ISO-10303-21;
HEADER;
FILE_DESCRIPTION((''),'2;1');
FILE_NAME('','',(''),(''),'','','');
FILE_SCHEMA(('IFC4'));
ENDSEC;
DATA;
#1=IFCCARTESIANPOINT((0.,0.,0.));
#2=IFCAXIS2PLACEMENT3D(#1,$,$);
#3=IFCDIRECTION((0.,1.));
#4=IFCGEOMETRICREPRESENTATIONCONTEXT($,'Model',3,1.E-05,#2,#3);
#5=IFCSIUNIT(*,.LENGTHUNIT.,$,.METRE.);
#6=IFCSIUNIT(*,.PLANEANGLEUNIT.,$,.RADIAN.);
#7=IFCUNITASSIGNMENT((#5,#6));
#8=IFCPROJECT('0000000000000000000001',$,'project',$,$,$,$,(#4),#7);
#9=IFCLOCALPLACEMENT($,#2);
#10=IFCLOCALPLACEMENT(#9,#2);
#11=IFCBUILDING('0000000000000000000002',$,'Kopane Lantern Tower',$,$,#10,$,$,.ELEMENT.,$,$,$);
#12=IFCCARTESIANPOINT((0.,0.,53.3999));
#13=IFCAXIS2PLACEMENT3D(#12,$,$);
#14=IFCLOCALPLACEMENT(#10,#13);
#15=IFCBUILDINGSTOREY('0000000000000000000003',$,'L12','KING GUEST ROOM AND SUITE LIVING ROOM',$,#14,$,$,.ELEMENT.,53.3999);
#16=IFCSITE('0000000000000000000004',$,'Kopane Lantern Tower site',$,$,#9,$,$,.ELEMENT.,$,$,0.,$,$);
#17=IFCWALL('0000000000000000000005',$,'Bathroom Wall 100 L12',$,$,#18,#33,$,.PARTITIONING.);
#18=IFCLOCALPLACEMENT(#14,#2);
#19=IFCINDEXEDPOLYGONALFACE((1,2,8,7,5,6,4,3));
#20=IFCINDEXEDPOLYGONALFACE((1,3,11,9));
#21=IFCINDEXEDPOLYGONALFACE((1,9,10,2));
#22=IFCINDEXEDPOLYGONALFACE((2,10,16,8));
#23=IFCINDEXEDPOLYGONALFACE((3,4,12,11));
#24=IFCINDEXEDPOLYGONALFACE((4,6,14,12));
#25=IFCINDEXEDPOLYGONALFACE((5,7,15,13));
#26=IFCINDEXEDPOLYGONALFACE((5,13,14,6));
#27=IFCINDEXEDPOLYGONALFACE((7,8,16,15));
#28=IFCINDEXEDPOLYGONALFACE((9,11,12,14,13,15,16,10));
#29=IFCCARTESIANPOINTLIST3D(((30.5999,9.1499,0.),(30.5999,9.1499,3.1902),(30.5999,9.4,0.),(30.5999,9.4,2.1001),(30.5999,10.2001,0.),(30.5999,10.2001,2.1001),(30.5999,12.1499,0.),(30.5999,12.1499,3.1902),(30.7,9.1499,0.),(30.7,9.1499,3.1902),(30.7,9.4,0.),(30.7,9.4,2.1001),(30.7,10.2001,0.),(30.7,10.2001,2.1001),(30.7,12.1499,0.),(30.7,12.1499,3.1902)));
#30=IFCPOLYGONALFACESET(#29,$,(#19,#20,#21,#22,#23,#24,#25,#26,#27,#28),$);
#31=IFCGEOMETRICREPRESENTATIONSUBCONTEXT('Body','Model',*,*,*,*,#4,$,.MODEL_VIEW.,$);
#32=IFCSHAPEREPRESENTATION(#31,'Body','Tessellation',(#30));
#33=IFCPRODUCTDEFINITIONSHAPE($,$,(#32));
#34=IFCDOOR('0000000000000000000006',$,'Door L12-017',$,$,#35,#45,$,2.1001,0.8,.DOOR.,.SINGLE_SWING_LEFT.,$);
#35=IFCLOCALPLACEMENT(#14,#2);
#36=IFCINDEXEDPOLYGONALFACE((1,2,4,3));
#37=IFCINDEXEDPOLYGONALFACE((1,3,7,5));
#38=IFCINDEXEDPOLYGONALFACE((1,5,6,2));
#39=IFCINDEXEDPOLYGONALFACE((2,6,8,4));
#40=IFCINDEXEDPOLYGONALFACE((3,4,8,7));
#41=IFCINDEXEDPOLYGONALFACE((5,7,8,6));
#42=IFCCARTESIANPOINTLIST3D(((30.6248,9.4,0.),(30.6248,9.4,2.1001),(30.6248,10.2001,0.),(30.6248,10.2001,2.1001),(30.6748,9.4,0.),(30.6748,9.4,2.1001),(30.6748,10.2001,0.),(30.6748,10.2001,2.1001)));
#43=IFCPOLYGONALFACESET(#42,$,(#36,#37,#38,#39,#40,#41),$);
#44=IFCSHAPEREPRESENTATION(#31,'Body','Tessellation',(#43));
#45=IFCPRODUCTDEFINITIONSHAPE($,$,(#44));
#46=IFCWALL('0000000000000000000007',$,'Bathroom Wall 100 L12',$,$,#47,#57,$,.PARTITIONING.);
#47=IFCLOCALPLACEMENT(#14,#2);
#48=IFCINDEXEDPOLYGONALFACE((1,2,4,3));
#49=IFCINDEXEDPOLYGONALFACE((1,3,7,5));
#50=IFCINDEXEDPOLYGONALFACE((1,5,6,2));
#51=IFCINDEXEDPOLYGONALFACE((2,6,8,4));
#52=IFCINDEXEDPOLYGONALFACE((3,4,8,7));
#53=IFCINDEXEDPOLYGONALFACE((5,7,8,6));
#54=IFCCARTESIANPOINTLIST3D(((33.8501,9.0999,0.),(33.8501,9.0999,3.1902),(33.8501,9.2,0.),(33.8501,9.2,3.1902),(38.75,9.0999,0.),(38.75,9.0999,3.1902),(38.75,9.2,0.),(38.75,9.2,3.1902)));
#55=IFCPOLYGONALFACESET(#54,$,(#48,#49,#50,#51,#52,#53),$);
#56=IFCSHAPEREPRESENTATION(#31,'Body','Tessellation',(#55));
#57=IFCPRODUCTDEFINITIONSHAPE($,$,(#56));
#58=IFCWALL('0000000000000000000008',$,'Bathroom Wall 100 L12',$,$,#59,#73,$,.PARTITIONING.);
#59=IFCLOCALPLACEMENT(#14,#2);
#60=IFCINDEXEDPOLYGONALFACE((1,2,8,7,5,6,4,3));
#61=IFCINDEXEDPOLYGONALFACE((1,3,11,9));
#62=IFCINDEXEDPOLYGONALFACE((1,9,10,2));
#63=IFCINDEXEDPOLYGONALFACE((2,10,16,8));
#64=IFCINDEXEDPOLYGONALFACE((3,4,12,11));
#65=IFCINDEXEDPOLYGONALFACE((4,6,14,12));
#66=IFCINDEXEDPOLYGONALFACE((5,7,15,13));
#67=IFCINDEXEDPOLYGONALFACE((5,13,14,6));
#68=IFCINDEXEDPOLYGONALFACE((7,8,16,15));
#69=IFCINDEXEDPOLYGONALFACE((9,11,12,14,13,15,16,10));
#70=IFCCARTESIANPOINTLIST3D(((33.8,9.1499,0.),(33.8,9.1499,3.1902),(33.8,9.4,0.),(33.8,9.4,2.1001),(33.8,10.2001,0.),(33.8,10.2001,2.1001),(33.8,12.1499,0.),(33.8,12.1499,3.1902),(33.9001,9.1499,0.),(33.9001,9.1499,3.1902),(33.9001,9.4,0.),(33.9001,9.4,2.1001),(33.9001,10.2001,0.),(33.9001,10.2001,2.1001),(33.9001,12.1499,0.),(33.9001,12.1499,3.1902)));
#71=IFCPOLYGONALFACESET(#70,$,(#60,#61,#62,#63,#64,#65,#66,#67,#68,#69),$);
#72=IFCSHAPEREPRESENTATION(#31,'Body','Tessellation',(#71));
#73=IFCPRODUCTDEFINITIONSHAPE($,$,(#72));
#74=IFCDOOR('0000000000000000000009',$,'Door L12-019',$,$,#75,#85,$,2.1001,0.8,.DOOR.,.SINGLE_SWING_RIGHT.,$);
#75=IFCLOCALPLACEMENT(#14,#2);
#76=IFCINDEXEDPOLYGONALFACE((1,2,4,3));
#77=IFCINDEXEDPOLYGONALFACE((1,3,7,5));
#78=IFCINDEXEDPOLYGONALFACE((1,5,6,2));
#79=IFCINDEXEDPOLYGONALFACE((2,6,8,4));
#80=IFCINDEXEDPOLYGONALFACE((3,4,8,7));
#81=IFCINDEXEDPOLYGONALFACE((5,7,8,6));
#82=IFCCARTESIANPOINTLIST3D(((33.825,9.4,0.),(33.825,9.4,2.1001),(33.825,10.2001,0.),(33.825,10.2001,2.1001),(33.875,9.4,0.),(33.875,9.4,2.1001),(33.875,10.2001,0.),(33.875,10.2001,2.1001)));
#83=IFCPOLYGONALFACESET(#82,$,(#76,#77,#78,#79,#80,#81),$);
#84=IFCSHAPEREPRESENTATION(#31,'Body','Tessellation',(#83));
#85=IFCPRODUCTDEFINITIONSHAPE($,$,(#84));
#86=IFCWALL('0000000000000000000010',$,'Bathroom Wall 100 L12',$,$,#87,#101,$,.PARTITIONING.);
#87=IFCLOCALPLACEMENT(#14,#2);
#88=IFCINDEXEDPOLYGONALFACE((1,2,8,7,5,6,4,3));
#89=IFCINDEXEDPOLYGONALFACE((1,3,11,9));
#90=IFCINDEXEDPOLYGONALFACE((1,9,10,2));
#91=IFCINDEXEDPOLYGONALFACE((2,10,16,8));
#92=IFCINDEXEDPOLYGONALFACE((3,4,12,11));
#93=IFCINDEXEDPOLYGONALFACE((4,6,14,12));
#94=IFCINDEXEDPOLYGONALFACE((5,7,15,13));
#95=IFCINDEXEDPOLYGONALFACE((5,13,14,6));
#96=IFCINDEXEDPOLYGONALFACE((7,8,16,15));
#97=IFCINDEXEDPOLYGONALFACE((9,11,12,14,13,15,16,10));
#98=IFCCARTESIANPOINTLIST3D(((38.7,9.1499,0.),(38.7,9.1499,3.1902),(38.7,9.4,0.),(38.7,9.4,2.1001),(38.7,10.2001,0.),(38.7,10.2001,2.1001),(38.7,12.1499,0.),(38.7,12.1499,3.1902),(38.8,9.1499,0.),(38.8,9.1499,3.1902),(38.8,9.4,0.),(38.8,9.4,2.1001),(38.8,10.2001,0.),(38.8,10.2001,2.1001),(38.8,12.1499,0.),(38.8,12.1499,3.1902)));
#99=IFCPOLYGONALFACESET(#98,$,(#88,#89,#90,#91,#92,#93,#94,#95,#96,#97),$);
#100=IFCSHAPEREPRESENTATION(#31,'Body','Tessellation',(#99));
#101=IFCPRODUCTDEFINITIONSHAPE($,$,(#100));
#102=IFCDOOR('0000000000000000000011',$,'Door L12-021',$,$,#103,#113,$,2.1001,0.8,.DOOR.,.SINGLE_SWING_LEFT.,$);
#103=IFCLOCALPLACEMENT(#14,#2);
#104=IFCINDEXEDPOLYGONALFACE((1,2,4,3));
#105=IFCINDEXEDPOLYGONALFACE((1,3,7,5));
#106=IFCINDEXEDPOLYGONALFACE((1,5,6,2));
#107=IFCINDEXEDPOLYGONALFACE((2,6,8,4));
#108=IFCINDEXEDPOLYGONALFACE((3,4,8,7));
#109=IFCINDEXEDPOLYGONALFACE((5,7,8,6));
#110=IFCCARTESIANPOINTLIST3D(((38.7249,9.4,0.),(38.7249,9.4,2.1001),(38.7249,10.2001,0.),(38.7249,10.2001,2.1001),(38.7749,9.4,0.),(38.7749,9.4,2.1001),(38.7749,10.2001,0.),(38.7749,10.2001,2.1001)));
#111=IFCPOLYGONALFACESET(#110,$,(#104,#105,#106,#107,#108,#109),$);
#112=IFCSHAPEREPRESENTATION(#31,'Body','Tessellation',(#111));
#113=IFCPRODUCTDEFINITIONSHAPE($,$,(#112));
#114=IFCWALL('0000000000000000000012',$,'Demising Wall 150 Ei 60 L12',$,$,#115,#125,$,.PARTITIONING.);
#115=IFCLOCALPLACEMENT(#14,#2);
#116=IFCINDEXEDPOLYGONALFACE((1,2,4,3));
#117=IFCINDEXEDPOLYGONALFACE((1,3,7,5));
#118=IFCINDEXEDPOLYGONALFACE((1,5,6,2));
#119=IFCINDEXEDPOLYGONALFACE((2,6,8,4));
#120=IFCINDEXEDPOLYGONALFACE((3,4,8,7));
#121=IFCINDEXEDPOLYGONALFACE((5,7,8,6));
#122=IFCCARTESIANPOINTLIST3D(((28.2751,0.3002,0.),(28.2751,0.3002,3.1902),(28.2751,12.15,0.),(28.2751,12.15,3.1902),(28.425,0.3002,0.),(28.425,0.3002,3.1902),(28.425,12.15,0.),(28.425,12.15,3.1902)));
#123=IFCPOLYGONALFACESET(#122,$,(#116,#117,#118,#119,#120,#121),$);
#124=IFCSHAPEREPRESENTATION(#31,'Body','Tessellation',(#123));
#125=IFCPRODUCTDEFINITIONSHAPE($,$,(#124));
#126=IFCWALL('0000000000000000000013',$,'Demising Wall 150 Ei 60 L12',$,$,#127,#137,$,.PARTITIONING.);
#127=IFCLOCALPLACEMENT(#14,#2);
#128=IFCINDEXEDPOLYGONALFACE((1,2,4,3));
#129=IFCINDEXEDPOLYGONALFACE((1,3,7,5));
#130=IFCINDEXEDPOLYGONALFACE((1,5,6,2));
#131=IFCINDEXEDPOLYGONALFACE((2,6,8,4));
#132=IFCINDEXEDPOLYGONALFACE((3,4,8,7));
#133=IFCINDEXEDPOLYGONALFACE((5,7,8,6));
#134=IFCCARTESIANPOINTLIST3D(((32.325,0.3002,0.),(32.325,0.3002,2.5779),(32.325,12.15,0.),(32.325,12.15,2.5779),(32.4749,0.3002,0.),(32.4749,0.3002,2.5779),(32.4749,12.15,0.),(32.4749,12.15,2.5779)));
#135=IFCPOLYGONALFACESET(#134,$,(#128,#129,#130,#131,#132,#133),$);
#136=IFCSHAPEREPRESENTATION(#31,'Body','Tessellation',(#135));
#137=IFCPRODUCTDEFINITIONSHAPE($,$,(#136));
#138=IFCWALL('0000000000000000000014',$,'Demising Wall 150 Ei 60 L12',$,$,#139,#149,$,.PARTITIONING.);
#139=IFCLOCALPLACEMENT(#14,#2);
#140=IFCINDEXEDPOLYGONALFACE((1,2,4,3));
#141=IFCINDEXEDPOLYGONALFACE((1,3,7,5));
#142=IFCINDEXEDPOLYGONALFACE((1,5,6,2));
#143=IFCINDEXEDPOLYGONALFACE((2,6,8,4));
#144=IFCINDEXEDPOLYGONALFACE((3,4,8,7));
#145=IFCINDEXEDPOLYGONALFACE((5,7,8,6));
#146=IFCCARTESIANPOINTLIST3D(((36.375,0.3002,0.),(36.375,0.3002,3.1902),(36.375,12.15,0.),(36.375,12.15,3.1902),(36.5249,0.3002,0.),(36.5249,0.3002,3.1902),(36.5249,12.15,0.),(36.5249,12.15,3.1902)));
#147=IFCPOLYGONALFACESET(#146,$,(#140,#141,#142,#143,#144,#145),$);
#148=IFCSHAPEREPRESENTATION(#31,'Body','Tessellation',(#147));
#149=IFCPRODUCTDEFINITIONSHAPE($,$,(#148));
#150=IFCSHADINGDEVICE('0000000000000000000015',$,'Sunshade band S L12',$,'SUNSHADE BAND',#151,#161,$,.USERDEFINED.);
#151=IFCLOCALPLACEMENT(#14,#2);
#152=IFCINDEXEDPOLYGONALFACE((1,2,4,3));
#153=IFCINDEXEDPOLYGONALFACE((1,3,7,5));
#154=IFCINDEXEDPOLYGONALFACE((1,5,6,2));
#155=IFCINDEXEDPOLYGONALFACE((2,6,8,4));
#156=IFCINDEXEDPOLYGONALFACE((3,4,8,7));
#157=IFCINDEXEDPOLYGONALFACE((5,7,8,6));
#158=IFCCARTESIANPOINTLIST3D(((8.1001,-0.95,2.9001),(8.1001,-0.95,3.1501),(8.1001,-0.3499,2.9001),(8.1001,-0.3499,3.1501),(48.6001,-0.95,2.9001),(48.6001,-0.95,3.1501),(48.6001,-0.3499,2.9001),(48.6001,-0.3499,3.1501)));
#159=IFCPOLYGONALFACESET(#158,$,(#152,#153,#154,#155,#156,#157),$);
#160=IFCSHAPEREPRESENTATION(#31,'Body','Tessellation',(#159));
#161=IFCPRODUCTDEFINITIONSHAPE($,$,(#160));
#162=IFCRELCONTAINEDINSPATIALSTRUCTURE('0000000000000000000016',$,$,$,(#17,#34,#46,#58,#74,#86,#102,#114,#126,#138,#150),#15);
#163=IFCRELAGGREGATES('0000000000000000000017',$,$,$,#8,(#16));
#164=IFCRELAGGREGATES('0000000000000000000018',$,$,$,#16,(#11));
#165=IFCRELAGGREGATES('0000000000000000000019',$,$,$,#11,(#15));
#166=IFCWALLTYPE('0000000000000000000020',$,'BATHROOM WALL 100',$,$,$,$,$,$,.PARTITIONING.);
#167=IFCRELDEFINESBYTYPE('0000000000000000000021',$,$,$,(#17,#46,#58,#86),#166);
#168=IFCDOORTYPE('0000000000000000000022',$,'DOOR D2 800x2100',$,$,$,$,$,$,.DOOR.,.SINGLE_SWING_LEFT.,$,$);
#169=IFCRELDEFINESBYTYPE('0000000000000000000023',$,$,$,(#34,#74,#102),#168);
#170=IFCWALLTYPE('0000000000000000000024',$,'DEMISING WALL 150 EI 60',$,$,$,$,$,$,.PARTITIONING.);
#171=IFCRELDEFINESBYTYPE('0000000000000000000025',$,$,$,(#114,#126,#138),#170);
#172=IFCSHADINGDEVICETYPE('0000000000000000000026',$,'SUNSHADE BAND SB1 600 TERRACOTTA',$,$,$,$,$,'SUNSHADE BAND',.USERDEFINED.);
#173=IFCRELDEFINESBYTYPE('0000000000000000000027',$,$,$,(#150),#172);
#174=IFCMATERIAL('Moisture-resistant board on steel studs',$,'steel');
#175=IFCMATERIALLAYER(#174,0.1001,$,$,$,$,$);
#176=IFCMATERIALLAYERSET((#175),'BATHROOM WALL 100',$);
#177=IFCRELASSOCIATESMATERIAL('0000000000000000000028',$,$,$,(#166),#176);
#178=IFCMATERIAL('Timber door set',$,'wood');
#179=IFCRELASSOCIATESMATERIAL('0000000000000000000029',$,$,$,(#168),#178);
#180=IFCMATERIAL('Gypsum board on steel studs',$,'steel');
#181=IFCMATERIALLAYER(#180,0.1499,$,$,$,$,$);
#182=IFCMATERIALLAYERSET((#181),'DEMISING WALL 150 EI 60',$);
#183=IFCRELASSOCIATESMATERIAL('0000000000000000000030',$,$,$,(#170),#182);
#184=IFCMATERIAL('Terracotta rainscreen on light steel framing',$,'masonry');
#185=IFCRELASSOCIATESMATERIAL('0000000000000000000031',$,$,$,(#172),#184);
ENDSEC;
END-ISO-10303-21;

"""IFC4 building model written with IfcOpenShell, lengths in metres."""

from ifc_helpers import new_model, si_unit, direction, frame, frame_2d, origin, origin_2d, place, context, subcontext, project, spatial, rectangle, extrude, material, layer, layer_set, type_object, element, fill, save


model = new_model("IFC4")

# Units and contexts
model_context = context("Model", 3, precision=1e-05, world=origin(), true_north=direction((0.0, 1.0)))
body_context = subcontext(model_context, "Body", "Model", "MODEL_VIEW")
ifc_project = project(units=[si_unit("LENGTHUNIT", "METRE"), si_unit("PLANEANGLEUNIT", "RADIAN")], contexts=[model_context])

# Site, building, storey
site_placement = place(None, origin())
site = spatial("IfcSite", under=ifc_project, at=site_placement, Name="Kopane Lantern Tower site", CompositionType="ELEMENT", RefElevation=0.0)
building_placement = place(site_placement, origin())
building = spatial("IfcBuilding", under=site, at=building_placement, Name="Kopane Lantern Tower", CompositionType="ELEMENT")
storey_placement = place(building_placement, frame((0.0, 0.0, 53.3999)))
storey = spatial("IfcBuildingStorey", under=building, at=storey_placement, Name="L12", Description="KING GUEST ROOM AND SUITE LIVING ROOM", CompositionType="ELEMENT", Elevation=53.3999)

# Shared definitions
ifc_material_1 = material(Name="Moisture-resistant board on steel studs", Category="steel")
ifc_layer_1 = layer(ifc_material_1, 0.1001)
ifc_layer_set_1 = layer_set([ifc_layer_1], Name="BATHROOM WALL 100")
wall_type_1 = type_object("IfcWallType", Name="BATHROOM WALL 100", PredefinedType="PARTITIONING", material=ifc_layer_set_1)

# Wall, opening, door
wall_1_placement = place(storey_placement, frame((30.6499, 12.1499, 0.0), z_axis=(0.0, 0.0, 1.0), x_axis=(0.0, -1.0, 0.0)))
wall_1 = element("IfcWall", 1, at=wall_1_placement, inside=storey, type_object=wall_type_1, Name="Bathroom Wall 100 L12", PredefinedType="PARTITIONING", context=body_context, shape_type="SweptSolid", body=[
    extrude(rectangle(XDim=3.0, YDim=0.1001, at=frame_2d((1.5, 0.0))), origin(), (0.0, 0.0, 1.0), 3.1902),
])
opening_1_placement = place(wall_1_placement, frame((1.95, 0.0, 0.0)))
opening_1 = element("IfcOpeningElement", 2, at=opening_1_placement, cuts=wall_1, PredefinedType="OPENING", context=body_context, shape_type="SweptSolid", body=[
    extrude(rectangle(XDim=0.8, YDim=2.1001, at=frame_2d((0.3999, 1.05))), frame((0.0, 0.0601, 0.0), z_axis=(0.0, -1.0, 0.0), x_axis=(1.0, 0.0, 0.0)), (0.0, 0.0, 1.0), 0.1201),
])
ifc_material_2 = material(Name="Timber door set", Category="wood")
door_type_1 = type_object("IfcDoorType", Name="DOOR D2 800x2100", OperationType="SINGLE_SWING_LEFT", PredefinedType="DOOR", material=ifc_material_2)
door_1_placement = place(opening_1_placement, origin())
door_1 = element("IfcDoor", 3, at=door_1_placement, inside=storey, type_object=door_type_1, Name="Door L12-017", OperationType="SINGLE_SWING_LEFT", OverallHeight=2.1001, OverallWidth=0.8, PredefinedType="DOOR", context=body_context, shape_type="SweptSolid", body=[
    extrude(rectangle(XDim=0.8, YDim=2.1001, at=frame_2d((0.3999, 1.05))), frame((0.0, 0.0249, 0.0), z_axis=(0.0, -1.0, 0.0), x_axis=(1.0, 0.0, 0.0)), (0.0, 0.0, 1.0), 0.05),
])
fill(opening_1, door_1)

# Wall
wall_2_placement = place(storey_placement, frame((33.8501, 9.1499, 0.0), z_axis=(0.0, 0.0, 1.0), x_axis=(1.0, 0.0, 0.0)))
element("IfcWall", 4, at=wall_2_placement, inside=storey, type_object=wall_type_1, Name="Bathroom Wall 100 L12", PredefinedType="PARTITIONING", context=body_context, shape_type="SweptSolid", body=[
    extrude(rectangle(XDim=4.8999, YDim=0.1001, at=frame_2d((2.45, 0.0))), origin(), (0.0, 0.0, 1.0), 3.1902),
])

# Walls, openings, doors
wall_3_placement = place(storey_placement, frame((33.8501, 12.1499, 0.0), z_axis=(0.0, 0.0, 1.0), x_axis=(0.0, -1.0, 0.0)))
wall_3 = element("IfcWall", 5, at=wall_3_placement, inside=storey, type_object=wall_type_1, Name="Bathroom Wall 100 L12", PredefinedType="PARTITIONING", context=body_context, shape_type="SweptSolid", body=[
    extrude(rectangle(XDim=3.0, YDim=0.1001, at=frame_2d((1.5, 0.0))), origin(), (0.0, 0.0, 1.0), 3.1902),
])
opening_2_placement = place(wall_3_placement, frame((1.95, 0.0, 0.0)))
opening_2 = element("IfcOpeningElement", 6, at=opening_2_placement, cuts=wall_3, PredefinedType="OPENING", context=body_context, shape_type="SweptSolid", body=[
    extrude(rectangle(XDim=0.8, YDim=2.1001, at=frame_2d((0.3999, 1.05))), frame((0.0, 0.0601, 0.0), z_axis=(0.0, -1.0, 0.0), x_axis=(1.0, 0.0, 0.0)), (0.0, 0.0, 1.0), 0.1201),
])
door_2_placement = place(opening_2_placement, origin())
door_2 = element("IfcDoor", 7, at=door_2_placement, inside=storey, type_object=door_type_1, Name="Door L12-019", OperationType="SINGLE_SWING_RIGHT", OverallHeight=2.1001, OverallWidth=0.8, PredefinedType="DOOR", context=body_context, shape_type="SweptSolid", body=[
    extrude(rectangle(XDim=0.8, YDim=2.1001, at=frame_2d((0.3999, 1.05))), frame((0.0, 0.0249, 0.0), z_axis=(0.0, -1.0, 0.0), x_axis=(1.0, 0.0, 0.0)), (0.0, 0.0, 1.0), 0.05),
])
fill(opening_2, door_2)
wall_4_placement = place(storey_placement, frame((38.75, 12.1499, 0.0), z_axis=(0.0, 0.0, 1.0), x_axis=(0.0, -1.0, 0.0)))
wall_4 = element("IfcWall", 8, at=wall_4_placement, inside=storey, type_object=wall_type_1, Name="Bathroom Wall 100 L12", PredefinedType="PARTITIONING", context=body_context, shape_type="SweptSolid", body=[
    extrude(rectangle(XDim=3.0, YDim=0.1001, at=frame_2d((1.5, 0.0))), origin(), (0.0, 0.0, 1.0), 3.1902),
])
opening_3_placement = place(wall_4_placement, frame((1.95, 0.0, 0.0)))
opening_3 = element("IfcOpeningElement", 9, at=opening_3_placement, cuts=wall_4, PredefinedType="OPENING", context=body_context, shape_type="SweptSolid", body=[
    extrude(rectangle(XDim=0.8, YDim=2.1001, at=frame_2d((0.3999, 1.05))), frame((0.0, 0.0601, 0.0), z_axis=(0.0, -1.0, 0.0), x_axis=(1.0, 0.0, 0.0)), (0.0, 0.0, 1.0), 0.1201),
])
door_3_placement = place(opening_3_placement, origin())
door_3 = element("IfcDoor", 10, at=door_3_placement, inside=storey, type_object=door_type_1, Name="Door L12-021", OperationType="SINGLE_SWING_LEFT", OverallHeight=2.1001, OverallWidth=0.8, PredefinedType="DOOR", context=body_context, shape_type="SweptSolid", body=[
    extrude(rectangle(XDim=0.8, YDim=2.1001, at=frame_2d((0.3999, 1.05))), frame((0.0, 0.0249, 0.0), z_axis=(0.0, -1.0, 0.0), x_axis=(1.0, 0.0, 0.0)), (0.0, 0.0, 1.0), 0.05),
])
fill(opening_3, door_3)

# Walls
ifc_material_3 = material(Name="Gypsum board on steel studs", Category="steel")
ifc_layer_2 = layer(ifc_material_3, 0.1499)
ifc_layer_set_2 = layer_set([ifc_layer_2], Name="DEMISING WALL 150 EI 60")
wall_type_2 = type_object("IfcWallType", Name="DEMISING WALL 150 EI 60", PredefinedType="PARTITIONING", material=ifc_layer_set_2)
wall_5_placement = place(storey_placement, frame((28.3501, 12.1499, 0.0), z_axis=(0.0, 0.0, 1.0), x_axis=(0.0, -1.0, 0.0)))
element("IfcWall", 11, at=wall_5_placement, inside=storey, type_object=wall_type_2, Name="Demising Wall 150 Ei 60 L12", PredefinedType="PARTITIONING", context=body_context, shape_type="SweptSolid", body=[
    extrude(rectangle(XDim=11.8499, YDim=0.1499, at=frame_2d((5.9248, 0.0))), origin(), (0.0, 0.0, 1.0), 3.1902),
])
wall_6_placement = place(storey_placement, frame((32.3999, 12.1499, 0.0), z_axis=(0.0, 0.0, 1.0), x_axis=(0.0, -1.0, 0.0)))
element("IfcWall", 12, at=wall_6_placement, inside=storey, type_object=wall_type_2, Name="Demising Wall 150 Ei 60 L12", PredefinedType="PARTITIONING", context=body_context, shape_type="SweptSolid", body=[
    extrude(rectangle(XDim=11.8499, YDim=0.1499, at=frame_2d((5.9248, 0.0))), origin(), (0.0, 0.0, 1.0), 2.5779),
])
wall_7_placement = place(storey_placement, frame((36.45, 12.1499, 0.0), z_axis=(0.0, 0.0, 1.0), x_axis=(0.0, -1.0, 0.0)))
element("IfcWall", 13, at=wall_7_placement, inside=storey, type_object=wall_type_2, Name="Demising Wall 150 Ei 60 L12", PredefinedType="PARTITIONING", context=body_context, shape_type="SweptSolid", body=[
    extrude(rectangle(XDim=11.8499, YDim=0.1499, at=frame_2d((5.9248, 0.0))), origin(), (0.0, 0.0, 1.0), 3.1902),
])

# Shading device
ifc_material_4 = material(Name="Terracotta rainscreen on light steel framing", Category="masonry")
shading_device_type = type_object("IfcShadingDeviceType", Name="SUNSHADE BAND SB1 600 TERRACOTTA", ElementType="SUNSHADE BAND", PredefinedType="USERDEFINED", material=ifc_material_4)
shading_device_placement = place(storey_placement, frame((28.3501, -0.6499, 2.9001), z_axis=(0.0, 0.0, 1.0), x_axis=(1.0, 0.0, 0.0)))
element("IfcShadingDevice", 14, at=shading_device_placement, inside=storey, type_object=shading_device_type, Name="Sunshade band S L12", ObjectType="SUNSHADE BAND", PredefinedType="USERDEFINED", context=body_context, shape_type="SweptSolid", body=[
    extrude(rectangle(XDim=40.5, YDim=0.6001, at=origin_2d()), origin(), (0.0, 0.0, 1.0), 0.25),
])

save(model, "model.ifc")
